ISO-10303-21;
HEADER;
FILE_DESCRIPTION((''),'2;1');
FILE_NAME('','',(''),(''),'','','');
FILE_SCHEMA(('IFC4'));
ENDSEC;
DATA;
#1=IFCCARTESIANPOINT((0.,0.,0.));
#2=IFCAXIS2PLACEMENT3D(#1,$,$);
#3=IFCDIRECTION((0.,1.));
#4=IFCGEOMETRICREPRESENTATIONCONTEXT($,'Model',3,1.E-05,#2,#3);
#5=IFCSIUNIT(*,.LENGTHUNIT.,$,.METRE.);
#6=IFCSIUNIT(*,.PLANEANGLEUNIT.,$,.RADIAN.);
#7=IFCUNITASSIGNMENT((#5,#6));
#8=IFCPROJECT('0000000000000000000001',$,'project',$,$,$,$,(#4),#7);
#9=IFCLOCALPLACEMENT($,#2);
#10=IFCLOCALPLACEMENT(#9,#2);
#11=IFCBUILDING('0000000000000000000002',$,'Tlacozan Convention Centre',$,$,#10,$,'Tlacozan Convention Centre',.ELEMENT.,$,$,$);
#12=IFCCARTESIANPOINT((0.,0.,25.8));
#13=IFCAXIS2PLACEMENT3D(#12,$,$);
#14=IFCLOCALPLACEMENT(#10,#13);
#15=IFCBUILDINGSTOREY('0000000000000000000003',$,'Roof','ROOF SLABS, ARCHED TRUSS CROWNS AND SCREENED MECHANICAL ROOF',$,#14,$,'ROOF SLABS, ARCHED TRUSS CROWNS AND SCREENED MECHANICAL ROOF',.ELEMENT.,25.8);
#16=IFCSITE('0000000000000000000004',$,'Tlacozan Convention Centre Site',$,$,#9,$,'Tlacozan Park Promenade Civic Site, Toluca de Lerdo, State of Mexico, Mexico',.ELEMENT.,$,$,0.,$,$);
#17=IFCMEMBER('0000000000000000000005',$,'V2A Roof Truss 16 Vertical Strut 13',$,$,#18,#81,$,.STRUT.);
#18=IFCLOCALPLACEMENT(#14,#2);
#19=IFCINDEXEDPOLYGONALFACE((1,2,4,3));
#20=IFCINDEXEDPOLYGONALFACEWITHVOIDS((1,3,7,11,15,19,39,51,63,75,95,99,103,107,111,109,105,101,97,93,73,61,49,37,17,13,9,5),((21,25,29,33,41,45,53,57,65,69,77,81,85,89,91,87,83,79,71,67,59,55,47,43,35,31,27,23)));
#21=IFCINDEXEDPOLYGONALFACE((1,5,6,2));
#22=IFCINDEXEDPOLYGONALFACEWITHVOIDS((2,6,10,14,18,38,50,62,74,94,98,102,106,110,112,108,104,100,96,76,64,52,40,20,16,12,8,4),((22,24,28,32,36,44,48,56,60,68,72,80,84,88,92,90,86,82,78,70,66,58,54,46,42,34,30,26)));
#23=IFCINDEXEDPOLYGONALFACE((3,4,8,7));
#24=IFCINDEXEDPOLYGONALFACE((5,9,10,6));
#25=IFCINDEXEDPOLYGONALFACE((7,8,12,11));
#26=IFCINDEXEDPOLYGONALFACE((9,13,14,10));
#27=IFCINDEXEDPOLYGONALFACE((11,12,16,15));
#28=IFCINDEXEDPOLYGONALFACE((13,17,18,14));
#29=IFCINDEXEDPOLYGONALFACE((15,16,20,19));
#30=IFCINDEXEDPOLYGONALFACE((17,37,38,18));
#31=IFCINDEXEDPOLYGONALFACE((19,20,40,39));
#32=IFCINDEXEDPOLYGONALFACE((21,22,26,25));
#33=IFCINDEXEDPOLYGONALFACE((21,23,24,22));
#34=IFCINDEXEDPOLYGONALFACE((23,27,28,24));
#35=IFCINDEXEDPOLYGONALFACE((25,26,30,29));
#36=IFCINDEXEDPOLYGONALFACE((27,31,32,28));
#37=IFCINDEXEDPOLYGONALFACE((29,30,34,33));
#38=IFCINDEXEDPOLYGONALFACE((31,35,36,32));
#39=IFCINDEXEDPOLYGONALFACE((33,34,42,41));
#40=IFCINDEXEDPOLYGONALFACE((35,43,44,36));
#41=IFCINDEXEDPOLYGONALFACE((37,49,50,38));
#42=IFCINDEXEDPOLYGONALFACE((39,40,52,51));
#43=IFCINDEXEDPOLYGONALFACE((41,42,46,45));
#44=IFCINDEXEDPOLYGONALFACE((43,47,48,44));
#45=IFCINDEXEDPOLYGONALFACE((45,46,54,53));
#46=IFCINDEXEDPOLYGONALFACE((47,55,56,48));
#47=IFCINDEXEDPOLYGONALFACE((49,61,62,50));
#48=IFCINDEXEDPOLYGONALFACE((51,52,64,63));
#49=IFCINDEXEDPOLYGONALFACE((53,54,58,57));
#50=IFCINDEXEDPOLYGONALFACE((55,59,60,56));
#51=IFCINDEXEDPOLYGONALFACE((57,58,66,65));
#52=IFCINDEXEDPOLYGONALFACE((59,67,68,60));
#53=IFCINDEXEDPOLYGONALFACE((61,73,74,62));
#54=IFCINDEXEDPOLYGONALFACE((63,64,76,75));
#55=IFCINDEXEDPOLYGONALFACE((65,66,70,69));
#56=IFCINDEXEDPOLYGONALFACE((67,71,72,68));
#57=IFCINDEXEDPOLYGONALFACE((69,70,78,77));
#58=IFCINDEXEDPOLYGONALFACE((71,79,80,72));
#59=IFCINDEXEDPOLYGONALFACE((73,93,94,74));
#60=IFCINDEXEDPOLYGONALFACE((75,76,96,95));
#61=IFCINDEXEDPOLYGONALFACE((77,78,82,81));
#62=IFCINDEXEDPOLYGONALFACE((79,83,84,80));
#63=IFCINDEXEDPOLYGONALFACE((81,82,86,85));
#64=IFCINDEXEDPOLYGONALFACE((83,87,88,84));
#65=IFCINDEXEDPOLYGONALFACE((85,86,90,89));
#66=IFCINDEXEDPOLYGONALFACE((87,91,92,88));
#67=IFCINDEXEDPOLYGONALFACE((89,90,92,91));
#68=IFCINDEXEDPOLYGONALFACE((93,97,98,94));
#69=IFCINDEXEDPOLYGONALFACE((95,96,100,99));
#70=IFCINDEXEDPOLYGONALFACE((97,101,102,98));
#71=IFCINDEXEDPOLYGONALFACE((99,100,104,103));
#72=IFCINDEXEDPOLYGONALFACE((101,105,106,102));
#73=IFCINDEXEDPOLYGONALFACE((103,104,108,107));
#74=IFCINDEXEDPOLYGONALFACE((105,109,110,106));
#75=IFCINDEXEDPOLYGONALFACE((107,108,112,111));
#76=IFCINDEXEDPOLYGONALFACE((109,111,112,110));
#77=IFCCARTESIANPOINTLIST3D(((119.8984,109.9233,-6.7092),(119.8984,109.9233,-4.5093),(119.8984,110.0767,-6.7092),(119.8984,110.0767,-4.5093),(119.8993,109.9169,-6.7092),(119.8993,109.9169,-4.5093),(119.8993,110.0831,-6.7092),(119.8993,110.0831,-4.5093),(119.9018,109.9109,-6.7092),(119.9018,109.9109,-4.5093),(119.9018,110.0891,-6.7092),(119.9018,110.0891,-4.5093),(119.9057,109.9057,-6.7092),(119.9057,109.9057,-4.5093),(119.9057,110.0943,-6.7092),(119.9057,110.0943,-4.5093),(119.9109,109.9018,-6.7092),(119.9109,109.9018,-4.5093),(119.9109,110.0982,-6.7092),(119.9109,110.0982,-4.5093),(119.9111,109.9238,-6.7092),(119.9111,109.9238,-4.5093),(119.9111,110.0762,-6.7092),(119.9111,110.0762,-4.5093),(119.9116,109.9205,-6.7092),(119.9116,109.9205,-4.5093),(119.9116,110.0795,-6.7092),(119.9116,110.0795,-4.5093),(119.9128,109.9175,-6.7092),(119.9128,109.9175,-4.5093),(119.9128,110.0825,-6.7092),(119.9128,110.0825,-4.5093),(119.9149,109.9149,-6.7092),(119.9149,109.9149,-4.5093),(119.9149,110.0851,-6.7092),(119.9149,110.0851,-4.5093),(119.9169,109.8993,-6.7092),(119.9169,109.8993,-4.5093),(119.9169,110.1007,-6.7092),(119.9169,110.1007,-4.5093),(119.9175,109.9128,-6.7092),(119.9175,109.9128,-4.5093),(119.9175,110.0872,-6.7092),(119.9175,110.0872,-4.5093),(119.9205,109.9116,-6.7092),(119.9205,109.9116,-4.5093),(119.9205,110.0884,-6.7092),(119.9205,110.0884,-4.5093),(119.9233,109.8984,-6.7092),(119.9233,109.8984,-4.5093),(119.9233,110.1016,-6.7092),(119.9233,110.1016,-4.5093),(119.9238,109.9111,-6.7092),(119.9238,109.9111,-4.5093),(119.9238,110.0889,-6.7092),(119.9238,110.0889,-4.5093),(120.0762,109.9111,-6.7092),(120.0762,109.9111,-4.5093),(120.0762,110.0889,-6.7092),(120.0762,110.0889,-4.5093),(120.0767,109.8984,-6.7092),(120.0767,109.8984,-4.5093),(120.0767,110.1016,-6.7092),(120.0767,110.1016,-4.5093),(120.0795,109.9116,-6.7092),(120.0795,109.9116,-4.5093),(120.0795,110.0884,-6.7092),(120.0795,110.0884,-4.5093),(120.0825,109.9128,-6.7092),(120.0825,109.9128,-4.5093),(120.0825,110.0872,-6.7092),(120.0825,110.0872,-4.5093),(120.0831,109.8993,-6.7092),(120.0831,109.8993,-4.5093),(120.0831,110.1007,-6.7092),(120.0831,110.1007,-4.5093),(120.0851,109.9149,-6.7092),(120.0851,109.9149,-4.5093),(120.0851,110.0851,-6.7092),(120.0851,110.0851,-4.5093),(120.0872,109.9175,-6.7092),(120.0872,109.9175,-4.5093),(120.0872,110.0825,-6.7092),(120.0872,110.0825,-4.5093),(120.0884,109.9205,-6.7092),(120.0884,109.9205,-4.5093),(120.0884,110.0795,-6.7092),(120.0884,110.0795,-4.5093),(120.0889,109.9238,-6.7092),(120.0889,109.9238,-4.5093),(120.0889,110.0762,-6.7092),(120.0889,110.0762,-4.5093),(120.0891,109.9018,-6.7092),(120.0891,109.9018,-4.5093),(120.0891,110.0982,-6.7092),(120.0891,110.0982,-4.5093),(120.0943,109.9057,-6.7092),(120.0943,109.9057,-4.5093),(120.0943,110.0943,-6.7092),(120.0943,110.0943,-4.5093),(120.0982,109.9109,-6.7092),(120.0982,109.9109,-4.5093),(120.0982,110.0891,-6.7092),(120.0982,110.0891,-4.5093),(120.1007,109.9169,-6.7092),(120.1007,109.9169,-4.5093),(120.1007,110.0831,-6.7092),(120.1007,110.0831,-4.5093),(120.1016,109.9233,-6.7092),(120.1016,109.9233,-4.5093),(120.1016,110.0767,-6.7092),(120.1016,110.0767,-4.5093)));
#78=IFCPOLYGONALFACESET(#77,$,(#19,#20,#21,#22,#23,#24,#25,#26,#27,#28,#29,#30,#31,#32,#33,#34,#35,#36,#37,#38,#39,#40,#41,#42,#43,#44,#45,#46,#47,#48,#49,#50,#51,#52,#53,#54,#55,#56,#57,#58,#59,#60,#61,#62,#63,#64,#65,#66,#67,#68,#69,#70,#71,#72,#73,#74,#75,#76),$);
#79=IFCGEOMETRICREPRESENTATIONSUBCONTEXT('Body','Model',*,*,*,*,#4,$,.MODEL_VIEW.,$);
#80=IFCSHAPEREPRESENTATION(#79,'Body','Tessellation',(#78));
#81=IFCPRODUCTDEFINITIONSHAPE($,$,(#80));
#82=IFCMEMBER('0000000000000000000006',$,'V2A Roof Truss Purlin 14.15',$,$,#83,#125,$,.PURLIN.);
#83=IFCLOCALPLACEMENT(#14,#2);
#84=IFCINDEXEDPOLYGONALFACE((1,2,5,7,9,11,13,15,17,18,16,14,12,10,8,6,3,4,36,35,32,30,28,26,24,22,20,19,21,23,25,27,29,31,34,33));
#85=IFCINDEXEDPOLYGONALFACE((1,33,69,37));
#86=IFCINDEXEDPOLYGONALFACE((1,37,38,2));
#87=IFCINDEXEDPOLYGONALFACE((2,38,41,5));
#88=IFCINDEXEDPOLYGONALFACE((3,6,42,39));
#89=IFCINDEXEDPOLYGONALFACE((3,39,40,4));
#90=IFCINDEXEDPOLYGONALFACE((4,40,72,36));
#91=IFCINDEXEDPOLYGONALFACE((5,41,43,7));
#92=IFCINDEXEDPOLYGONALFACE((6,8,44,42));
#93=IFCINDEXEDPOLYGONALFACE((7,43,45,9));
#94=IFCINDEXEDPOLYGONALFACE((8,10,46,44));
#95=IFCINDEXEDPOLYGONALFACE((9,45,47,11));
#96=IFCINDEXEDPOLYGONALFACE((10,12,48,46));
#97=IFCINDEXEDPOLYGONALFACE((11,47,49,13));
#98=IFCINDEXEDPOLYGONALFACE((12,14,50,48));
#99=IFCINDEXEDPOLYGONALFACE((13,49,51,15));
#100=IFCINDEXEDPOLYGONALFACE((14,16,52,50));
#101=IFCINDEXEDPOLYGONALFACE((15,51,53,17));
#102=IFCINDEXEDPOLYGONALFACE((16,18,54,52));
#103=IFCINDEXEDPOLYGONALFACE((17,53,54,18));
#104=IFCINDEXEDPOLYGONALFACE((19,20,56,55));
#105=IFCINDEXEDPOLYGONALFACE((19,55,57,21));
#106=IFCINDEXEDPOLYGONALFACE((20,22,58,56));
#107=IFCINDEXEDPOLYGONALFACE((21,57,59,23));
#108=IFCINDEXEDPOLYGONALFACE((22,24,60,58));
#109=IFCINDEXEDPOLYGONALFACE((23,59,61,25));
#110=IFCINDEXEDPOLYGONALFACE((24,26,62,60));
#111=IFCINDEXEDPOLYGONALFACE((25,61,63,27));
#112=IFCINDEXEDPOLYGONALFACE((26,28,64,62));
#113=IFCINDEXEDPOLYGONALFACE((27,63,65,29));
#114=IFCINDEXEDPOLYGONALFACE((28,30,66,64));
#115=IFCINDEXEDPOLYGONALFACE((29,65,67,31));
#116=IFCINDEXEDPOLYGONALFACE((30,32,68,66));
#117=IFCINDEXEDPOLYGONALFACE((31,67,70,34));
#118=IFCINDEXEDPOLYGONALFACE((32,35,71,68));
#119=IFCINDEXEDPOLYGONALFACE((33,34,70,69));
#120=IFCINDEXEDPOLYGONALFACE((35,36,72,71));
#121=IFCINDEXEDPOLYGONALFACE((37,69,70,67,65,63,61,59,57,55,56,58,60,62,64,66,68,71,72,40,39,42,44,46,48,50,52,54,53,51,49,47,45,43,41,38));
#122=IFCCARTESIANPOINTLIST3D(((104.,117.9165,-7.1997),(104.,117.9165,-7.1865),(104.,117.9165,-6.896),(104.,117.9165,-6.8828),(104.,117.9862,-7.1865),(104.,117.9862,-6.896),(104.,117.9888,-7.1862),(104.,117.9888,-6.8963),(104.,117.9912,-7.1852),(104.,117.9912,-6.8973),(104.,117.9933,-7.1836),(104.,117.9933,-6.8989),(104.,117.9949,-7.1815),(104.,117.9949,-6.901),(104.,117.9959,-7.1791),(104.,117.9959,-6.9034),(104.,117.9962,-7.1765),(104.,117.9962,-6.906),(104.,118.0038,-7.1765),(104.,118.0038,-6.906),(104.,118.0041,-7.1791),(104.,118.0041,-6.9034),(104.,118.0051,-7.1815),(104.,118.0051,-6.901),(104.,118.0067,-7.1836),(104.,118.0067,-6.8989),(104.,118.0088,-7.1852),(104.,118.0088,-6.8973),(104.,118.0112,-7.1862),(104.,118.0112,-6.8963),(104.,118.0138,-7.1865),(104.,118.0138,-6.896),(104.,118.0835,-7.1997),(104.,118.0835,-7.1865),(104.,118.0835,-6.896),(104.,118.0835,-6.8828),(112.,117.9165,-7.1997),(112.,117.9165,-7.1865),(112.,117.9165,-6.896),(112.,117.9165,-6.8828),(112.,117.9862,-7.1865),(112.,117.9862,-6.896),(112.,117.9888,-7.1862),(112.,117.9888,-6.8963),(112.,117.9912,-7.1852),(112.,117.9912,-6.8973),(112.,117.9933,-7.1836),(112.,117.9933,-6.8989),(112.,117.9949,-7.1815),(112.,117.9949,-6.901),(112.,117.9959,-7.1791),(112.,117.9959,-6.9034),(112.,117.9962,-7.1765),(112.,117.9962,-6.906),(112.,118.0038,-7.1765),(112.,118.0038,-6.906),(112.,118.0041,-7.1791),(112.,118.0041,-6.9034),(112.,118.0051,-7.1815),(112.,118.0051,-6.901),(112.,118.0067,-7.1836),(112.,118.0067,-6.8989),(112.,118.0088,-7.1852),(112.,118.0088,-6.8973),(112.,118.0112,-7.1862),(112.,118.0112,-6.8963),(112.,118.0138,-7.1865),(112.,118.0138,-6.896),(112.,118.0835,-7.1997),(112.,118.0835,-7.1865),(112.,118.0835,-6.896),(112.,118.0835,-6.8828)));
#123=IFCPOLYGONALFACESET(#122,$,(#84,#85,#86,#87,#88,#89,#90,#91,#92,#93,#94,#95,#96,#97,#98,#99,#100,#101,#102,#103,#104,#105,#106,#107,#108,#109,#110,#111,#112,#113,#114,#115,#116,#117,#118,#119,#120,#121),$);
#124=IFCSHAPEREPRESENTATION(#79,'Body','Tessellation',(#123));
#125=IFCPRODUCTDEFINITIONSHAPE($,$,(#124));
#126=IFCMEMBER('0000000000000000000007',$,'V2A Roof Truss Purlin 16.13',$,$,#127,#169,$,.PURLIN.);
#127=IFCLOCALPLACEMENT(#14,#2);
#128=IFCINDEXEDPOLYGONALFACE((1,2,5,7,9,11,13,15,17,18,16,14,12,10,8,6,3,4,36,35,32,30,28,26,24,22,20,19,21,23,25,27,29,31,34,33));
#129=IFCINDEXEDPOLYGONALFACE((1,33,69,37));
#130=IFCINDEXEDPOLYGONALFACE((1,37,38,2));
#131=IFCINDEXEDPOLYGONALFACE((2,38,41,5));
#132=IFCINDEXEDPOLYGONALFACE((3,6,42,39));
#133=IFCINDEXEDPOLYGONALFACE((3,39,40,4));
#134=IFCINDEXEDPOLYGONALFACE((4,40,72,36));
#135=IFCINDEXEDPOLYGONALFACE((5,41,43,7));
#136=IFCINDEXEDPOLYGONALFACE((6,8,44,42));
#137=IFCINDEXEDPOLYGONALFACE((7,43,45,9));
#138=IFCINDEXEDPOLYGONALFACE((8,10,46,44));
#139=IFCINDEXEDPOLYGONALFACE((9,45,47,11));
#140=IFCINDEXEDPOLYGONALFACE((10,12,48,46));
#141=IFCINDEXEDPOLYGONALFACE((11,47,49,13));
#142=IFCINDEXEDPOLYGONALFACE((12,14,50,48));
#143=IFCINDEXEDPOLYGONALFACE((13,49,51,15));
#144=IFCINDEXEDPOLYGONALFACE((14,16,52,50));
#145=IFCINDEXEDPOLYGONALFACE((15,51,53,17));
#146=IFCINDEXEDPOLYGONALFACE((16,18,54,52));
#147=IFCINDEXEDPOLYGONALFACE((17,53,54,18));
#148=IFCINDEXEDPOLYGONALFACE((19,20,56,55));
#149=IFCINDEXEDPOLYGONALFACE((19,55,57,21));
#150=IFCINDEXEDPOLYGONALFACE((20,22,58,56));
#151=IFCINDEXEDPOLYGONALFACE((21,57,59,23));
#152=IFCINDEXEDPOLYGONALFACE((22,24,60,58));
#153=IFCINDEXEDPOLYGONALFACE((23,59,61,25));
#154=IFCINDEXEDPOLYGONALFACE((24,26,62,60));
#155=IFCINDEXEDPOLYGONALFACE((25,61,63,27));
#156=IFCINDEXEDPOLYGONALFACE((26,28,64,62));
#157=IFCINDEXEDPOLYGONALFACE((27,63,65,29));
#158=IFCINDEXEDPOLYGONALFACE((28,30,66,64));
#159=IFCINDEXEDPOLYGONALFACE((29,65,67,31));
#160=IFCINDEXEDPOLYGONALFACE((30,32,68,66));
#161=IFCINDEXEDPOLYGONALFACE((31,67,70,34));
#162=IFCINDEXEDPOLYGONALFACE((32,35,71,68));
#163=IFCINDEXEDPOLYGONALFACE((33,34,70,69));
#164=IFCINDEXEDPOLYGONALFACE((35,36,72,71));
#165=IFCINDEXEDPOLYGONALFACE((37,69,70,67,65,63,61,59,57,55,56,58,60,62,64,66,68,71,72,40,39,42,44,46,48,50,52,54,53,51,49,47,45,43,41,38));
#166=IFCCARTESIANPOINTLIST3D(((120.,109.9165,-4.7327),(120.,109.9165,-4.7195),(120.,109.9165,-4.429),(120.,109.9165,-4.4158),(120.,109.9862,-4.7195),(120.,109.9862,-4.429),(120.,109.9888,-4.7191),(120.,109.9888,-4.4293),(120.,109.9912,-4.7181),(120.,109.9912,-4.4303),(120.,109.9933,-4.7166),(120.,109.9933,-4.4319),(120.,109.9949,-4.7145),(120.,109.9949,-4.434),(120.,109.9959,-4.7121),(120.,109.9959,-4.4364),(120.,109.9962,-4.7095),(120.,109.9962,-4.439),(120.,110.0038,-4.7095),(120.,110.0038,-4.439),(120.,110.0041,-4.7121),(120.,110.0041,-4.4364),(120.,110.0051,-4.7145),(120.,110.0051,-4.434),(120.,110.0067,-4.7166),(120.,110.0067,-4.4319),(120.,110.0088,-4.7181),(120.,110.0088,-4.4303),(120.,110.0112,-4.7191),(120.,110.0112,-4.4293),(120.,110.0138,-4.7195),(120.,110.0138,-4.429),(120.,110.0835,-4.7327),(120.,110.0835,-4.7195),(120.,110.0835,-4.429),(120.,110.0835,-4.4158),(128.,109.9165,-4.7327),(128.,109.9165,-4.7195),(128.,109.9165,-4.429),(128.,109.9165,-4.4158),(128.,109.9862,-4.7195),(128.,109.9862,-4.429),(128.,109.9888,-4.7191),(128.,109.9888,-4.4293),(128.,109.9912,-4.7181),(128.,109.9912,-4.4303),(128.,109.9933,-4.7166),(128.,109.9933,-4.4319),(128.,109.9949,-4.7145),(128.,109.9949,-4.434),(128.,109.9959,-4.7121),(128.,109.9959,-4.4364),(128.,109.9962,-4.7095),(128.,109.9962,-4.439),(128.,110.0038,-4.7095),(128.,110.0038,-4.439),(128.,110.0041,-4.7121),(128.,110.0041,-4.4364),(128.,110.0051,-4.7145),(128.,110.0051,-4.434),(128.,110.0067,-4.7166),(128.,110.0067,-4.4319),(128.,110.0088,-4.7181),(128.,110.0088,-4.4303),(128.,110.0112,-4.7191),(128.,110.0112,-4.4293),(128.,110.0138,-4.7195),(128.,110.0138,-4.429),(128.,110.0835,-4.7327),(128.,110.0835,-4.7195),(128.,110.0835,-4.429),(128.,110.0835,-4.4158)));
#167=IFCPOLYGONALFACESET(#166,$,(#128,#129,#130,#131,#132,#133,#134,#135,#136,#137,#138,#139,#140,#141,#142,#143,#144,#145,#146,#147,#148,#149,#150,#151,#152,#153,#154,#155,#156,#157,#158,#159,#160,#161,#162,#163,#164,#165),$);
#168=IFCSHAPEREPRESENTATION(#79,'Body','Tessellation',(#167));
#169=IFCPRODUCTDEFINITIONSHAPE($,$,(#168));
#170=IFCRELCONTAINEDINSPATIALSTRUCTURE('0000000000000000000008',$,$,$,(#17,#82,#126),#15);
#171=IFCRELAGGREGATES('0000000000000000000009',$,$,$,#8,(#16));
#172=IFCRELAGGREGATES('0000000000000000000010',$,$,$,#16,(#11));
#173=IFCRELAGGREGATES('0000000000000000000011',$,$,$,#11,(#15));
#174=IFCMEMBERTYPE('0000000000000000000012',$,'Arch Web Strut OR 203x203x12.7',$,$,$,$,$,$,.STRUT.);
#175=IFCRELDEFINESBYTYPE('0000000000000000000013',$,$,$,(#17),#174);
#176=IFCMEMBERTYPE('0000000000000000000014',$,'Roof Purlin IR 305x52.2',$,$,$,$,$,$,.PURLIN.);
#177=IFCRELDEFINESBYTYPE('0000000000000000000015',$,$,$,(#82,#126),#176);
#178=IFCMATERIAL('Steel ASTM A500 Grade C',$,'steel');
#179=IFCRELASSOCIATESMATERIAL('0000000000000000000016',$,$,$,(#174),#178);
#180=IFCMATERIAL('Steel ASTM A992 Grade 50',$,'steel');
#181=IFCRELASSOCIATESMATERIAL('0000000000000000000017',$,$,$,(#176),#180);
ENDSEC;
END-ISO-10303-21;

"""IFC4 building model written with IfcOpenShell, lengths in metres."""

from ifc_helpers import new_model, si_unit, direction, frame, origin, origin_2d, place, context, subcontext, project, spatial, hollow_rectangle, i_section, extrude, material, material_profile, profile_set, type_object, element, save


model = new_model("IFC4")

# Units and contexts
model_context = context("Model", 3, precision=1e-05, world=origin(), true_north=direction((0.0, 1.0)))
body_context = subcontext(model_context, "Body", "Model", "MODEL_VIEW")
ifc_project = project(units=[si_unit("LENGTHUNIT", "METRE"), si_unit("PLANEANGLEUNIT", "RADIAN")], contexts=[model_context])

# Site, building, storey
site_placement = place(None, origin())
site = spatial("IfcSite", under=ifc_project, at=site_placement, Name="Tlacozan Convention Centre Site", LongName="Tlacozan Park Promenade Civic Site, Toluca de Lerdo, State of Mexico, Mexico", CompositionType="ELEMENT", RefElevation=0.0)
building_placement = place(site_placement, origin())
building = spatial("IfcBuilding", under=site, at=building_placement, Name="Tlacozan Convention Centre", LongName="Tlacozan Convention Centre", CompositionType="ELEMENT")
storey_placement = place(building_placement, frame((0.0, 0.0, 25.8)))
storey = spatial("IfcBuildingStorey", under=building, at=storey_placement, Name="Roof", Description="ROOF SLABS, ARCHED TRUSS CROWNS AND SCREENED MECHANICAL ROOF", LongName="ROOF SLABS, ARCHED TRUSS CROWNS AND SCREENED MECHANICAL ROOF", CompositionType="ELEMENT", Elevation=25.8)

# Members
ifc_material_1 = material(Name="Steel ASTM A500 Grade C", Category="steel")
ifc_material_profile_1 = material_profile(ifc_material_1, hollow_rectangle(XDim=0.2031, YDim=0.2031, WallThickness=0.0127, InnerFilletRadius=0.0127, OuterFilletRadius=0.0249, at=origin_2d()), Name="OR 203x203x12.7")
ifc_profile_set_1 = profile_set([ifc_material_profile_1], Name="Steel ASTM A500 Grade C")
member_type_1 = type_object("IfcMemberType", Name="Arch Web Strut OR 203x203x12.7", PredefinedType="STRUT", material=ifc_profile_set_1)
member_1_placement = place(storey_placement, frame((120.0, 110.0, -6.7092), z_axis=(0.0, 0.0, 1.0), x_axis=(1.0, 0.0, 0.0)))
element("IfcMember", 1, at=member_1_placement, inside=storey, type_object=member_type_1, Name="V2A Roof Truss 16 Vertical Strut 13", PredefinedType="STRUT", context=body_context, shape_type="SweptSolid", body=[
    extrude(hollow_rectangle(XDim=0.2031, YDim=0.2031, WallThickness=0.0127, InnerFilletRadius=0.0127, OuterFilletRadius=0.0249, at=origin_2d()), origin(), (0.0, 0.0, 1.0), 2.2),
])
ifc_material_2 = material(Name="Steel ASTM A992 Grade 50", Category="steel")
ifc_material_profile_2 = material_profile(ifc_material_2, i_section(OverallWidth=0.167, OverallDepth=0.3169, WebThickness=0.0076, FlangeThickness=0.0132, FilletRadius=0.01, at=origin_2d()), Name="IR 305x52.2")
ifc_profile_set_2 = profile_set([ifc_material_profile_2], Name="Steel ASTM A992 Grade 50")
member_type_2 = type_object("IfcMemberType", Name="Roof Purlin IR 305x52.2", PredefinedType="PURLIN", material=ifc_profile_set_2)
for number, where, z_axis, x_axis, name in (
    (2, (104.0, 118.0, -7.0413), (1.0, 0.0, 0.0), (0.0, 1.0, 0.0), "V2A Roof Truss Purlin 14.15"),
    (3, (120.0, 110.0, -4.5742), (1.0, 0.0, 0.0), (0.0, 1.0, 0.0), "V2A Roof Truss Purlin 16.13"),
):
    element("IfcMember", number, at=place(storey_placement, frame(where, z_axis=z_axis, x_axis=x_axis)), inside=storey, type_object=member_type_2, Name=name, PredefinedType="PURLIN", context=body_context, shape_type="SweptSolid", body=[
        extrude(i_section(OverallWidth=0.167, OverallDepth=0.3169, WebThickness=0.0076, FlangeThickness=0.0132, FilletRadius=0.01, at=origin_2d()), origin(), (0.0, 0.0, 1.0), 8.0),
    ])

save(model, "model.ifc")
